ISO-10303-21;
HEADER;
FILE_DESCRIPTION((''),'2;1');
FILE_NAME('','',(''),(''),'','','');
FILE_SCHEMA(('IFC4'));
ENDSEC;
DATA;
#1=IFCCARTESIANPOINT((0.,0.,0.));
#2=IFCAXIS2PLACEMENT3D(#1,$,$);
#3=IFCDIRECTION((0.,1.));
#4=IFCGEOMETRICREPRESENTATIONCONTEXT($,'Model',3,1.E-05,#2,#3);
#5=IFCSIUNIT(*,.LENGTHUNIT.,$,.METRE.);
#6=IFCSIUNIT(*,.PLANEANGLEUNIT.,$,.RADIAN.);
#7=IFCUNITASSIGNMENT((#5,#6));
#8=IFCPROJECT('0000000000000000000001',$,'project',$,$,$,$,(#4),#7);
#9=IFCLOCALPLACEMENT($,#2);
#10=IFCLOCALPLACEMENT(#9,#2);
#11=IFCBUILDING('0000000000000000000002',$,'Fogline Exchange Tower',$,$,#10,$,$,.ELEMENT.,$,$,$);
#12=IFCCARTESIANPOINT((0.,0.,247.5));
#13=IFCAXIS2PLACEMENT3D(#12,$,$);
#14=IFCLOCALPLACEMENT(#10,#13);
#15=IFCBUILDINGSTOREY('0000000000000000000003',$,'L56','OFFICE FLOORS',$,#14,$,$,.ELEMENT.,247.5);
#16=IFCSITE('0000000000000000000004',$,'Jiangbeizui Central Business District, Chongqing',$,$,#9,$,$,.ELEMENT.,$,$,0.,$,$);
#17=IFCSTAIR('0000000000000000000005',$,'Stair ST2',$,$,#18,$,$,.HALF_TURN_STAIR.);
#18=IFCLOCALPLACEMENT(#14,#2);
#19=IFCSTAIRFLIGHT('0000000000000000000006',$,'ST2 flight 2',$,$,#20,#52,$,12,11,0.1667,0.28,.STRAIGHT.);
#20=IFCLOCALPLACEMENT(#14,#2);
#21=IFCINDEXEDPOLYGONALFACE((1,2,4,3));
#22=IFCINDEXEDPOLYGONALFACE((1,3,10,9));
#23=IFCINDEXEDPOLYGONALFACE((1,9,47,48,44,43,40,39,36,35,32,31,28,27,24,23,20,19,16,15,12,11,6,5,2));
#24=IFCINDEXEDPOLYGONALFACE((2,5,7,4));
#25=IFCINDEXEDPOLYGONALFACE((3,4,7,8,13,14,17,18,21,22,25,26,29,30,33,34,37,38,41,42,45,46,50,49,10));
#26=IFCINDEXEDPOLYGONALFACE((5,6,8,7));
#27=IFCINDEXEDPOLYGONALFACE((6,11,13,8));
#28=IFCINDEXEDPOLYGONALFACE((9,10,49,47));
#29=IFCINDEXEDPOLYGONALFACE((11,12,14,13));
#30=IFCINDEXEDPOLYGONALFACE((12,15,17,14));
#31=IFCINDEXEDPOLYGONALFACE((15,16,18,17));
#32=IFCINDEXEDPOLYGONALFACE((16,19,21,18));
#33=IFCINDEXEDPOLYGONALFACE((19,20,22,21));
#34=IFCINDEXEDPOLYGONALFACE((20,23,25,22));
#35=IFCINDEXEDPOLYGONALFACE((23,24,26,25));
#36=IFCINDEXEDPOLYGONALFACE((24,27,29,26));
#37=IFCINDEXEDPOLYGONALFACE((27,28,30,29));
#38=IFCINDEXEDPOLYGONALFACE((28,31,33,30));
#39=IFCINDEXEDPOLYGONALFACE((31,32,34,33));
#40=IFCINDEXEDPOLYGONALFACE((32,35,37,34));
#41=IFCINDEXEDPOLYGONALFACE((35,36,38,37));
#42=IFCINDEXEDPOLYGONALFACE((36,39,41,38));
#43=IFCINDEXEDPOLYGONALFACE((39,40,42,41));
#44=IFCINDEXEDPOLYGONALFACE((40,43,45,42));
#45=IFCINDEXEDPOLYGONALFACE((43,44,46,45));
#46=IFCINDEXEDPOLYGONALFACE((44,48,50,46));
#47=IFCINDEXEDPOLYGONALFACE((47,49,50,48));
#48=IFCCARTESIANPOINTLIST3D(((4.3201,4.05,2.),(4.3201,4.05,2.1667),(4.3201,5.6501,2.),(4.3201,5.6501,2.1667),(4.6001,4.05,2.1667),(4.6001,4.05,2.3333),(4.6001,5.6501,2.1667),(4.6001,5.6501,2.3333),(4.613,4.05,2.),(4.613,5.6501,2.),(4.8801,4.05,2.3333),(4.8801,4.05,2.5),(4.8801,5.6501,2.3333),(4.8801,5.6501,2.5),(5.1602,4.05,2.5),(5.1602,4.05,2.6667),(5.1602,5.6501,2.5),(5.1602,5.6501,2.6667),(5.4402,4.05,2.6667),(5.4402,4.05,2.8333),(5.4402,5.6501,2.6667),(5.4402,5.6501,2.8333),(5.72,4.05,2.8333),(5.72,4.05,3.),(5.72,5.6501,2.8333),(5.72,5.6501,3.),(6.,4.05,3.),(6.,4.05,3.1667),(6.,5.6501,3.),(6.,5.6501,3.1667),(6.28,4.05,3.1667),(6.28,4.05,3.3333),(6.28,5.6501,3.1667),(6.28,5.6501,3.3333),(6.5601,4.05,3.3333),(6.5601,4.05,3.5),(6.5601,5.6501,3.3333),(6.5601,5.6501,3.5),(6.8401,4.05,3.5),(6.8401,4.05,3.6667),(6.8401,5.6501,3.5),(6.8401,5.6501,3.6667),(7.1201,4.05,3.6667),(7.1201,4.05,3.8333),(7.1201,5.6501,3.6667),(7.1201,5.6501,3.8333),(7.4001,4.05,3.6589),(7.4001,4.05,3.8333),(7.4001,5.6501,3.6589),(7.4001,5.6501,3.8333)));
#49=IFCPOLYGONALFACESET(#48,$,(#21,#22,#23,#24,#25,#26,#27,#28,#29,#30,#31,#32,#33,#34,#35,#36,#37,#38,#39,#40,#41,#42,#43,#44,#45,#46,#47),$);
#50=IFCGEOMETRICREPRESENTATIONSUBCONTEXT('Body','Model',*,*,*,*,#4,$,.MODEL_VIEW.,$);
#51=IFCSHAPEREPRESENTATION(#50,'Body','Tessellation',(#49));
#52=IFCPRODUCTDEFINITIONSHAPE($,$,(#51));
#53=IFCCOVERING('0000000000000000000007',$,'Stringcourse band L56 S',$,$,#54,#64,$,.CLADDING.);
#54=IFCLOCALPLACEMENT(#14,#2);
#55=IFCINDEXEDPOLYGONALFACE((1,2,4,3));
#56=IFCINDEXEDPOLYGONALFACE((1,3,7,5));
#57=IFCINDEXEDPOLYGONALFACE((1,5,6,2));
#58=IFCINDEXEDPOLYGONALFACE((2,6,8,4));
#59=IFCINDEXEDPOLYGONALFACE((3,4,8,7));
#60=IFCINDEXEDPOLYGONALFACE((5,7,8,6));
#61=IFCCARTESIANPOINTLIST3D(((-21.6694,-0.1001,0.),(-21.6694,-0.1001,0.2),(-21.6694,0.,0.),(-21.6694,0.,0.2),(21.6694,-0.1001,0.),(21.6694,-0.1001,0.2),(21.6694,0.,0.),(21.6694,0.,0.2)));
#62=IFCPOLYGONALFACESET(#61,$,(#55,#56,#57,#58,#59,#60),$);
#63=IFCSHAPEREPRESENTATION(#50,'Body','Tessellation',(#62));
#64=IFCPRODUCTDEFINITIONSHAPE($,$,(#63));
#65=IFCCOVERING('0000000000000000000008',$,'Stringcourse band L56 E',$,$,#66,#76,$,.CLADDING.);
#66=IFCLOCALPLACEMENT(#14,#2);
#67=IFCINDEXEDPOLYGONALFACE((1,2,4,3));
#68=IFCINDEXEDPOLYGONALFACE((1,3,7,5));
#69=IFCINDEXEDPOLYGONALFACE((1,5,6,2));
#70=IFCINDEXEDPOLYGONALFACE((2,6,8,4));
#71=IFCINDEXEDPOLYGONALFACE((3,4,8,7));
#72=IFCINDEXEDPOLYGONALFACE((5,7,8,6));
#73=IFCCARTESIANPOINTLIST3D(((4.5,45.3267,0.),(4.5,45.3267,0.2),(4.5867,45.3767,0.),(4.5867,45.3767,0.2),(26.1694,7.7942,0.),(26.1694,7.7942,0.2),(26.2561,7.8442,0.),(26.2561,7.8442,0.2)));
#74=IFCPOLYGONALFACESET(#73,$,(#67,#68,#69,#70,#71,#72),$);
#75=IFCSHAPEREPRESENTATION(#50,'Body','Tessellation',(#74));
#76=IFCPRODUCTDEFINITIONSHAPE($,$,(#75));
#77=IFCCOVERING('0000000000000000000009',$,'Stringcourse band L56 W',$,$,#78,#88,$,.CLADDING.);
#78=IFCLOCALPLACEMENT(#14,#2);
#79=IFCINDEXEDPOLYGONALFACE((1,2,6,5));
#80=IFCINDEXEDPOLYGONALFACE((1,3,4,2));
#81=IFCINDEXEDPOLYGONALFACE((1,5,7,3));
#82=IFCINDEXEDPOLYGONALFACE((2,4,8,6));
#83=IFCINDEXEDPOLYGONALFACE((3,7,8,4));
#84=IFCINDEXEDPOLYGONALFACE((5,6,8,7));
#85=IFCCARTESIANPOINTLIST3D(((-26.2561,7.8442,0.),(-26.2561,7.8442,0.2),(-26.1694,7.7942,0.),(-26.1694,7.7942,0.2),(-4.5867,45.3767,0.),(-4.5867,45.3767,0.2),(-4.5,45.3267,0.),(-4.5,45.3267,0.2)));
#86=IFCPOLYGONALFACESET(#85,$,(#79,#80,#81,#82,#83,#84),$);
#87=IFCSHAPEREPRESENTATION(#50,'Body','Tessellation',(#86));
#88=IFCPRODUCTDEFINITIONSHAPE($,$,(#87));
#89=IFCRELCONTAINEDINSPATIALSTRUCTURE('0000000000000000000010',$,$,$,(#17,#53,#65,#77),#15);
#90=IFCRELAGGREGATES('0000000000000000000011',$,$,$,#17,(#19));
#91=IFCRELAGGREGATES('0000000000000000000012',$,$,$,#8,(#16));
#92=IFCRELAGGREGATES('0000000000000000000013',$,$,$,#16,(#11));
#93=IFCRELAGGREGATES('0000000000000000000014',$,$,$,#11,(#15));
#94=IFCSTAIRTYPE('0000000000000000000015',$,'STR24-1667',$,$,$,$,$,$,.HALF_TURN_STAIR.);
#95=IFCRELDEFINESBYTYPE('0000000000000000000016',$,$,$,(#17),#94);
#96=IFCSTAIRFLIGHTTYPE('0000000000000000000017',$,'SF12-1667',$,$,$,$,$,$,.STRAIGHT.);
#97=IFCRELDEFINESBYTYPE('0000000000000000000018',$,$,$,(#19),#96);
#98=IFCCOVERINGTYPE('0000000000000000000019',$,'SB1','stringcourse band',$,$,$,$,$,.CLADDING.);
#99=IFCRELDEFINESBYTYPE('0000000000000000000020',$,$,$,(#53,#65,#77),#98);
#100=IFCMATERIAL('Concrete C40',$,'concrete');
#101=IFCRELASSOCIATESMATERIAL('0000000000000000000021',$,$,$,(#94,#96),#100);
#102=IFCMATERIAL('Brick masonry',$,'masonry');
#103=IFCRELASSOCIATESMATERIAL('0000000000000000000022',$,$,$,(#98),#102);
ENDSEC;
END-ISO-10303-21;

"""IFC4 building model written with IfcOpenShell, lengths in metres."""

from ifc_helpers import new_model, si_unit, direction, frame, origin, place, context, subcontext, project, spatial, polyline, outline, extrude, material, type_object, element, aggregate, save


model = new_model("IFC4")

# Units and contexts
model_context = context("Model", 3, precision=1e-05, world=origin(), true_north=direction((0.0, 1.0)))
body_context = subcontext(model_context, "Body", "Model", "MODEL_VIEW")
ifc_project = project(units=[si_unit("LENGTHUNIT", "METRE"), si_unit("PLANEANGLEUNIT", "RADIAN")], contexts=[model_context])

# Site, building, storey
site_placement = place(None, origin())
site = spatial("IfcSite", under=ifc_project, at=site_placement, Name="Jiangbeizui Central Business District, Chongqing", CompositionType="ELEMENT", RefElevation=0.0)
building_placement = place(site_placement, origin())
building = spatial("IfcBuilding", under=site, at=building_placement, Name="Fogline Exchange Tower", CompositionType="ELEMENT")
storey_placement = place(building_placement, frame((0.0, 0.0, 247.5)))
storey = spatial("IfcBuildingStorey", under=building, at=storey_placement, Name="L56", Description="OFFICE FLOORS", CompositionType="ELEMENT", Elevation=247.5)

# Shared definitions
ifc_material_1 = material(Name="Concrete C40", Category="concrete")

# Stair
stair_type = type_object("IfcStairType", Name="STR24-1667", PredefinedType="HALF_TURN_STAIR", material=ifc_material_1)
stair_1_placement = place(storey_placement, origin())
stair_1 = element("IfcStair", 1, at=stair_1_placement, inside=storey, type_object=stair_type, Name="Stair ST2", PredefinedType="HALF_TURN_STAIR")

# Shared definitions
ifc_material_2 = material(Name="Brick masonry", Category="masonry")

# Stair flight
stair_flight_type = type_object("IfcStairFlightType", Name="SF12-1667", PredefinedType="STRAIGHT", material=ifc_material_1)
stair_flight_placement = place(storey_placement, frame((4.3201, 4.8501, 2.0), z_axis=(0.0, 0.0, 1.0), x_axis=(1.0, 0.0, 0.0)))
stair_flight = element("IfcStairFlight", 2, at=stair_flight_placement, type_object=stair_flight_type, Name="ST2 flight 2", NumberOfRisers=12, NumberOfTreads=11, PredefinedType="STRAIGHT", RiserHeight=0.1667, TreadLength=0.28, context=body_context, shape_type="SweptSolid", body=[
    extrude(outline(polyline([(0.0, 0.0), (0.0, 0.1667), (0.28, 0.1667), (0.28, 0.3333), (0.5601, 0.3333), (0.5601, 0.5), (0.8401, 0.5), (0.8401, 0.6667), (1.1201, 0.6667), (1.1201, 0.8333), (1.3999, 0.8333), (1.3999, 1.0), (1.6799, 1.0), (1.6799, 1.1667), (1.96, 1.1667), (1.96, 1.3333), (2.24, 1.3333), (2.24, 1.5), (2.52, 1.5), (2.52, 1.6667), (2.8, 1.6667), (2.8, 1.8333), (3.0801, 1.8333), (3.0801, 2.0), (3.0801, 1.6589), (0.293, 0.0), (0.0, 0.0)])), frame((0.0, 0.8, 0.0), z_axis=(0.0, -1.0, 0.0), x_axis=(1.0, 0.0, 0.0)), (0.0, 0.0, 1.0), 1.6001),
])
aggregate(stair_1, [stair_flight])

# Coverings
covering_type = type_object("IfcCoveringType", Name="SB1", Description="stringcourse band", PredefinedType="CLADDING", material=ifc_material_2)
covering_1_placement = place(storey_placement, origin())
element("IfcCovering", 3, at=covering_1_placement, inside=storey, type_object=covering_type, Name="Stringcourse band L56 S", PredefinedType="CLADDING", context=body_context, shape_type="SweptSolid", body=[
    extrude(outline(polyline([(-21.6694, 0.0), (-21.6694, -0.1001), (21.6694, -0.1001), (21.6694, 0.0), (-21.6694, 0.0)])), origin(), (0.0, 0.0, 1.0), 0.2),
])
covering_2_placement = place(storey_placement, origin())
element("IfcCovering", 4, at=covering_2_placement, inside=storey, type_object=covering_type, Name="Stringcourse band L56 E", PredefinedType="CLADDING", context=body_context, shape_type="SweptSolid", body=[
    extrude(outline(polyline([(26.1694, 7.7942), (26.2561, 7.8442), (4.5867, 45.3767), (4.5, 45.3267), (26.1694, 7.7942)])), origin(), (0.0, 0.0, 1.0), 0.2),
])
covering_3_placement = place(storey_placement, origin())
element("IfcCovering", 5, at=covering_3_placement, inside=storey, type_object=covering_type, Name="Stringcourse band L56 W", PredefinedType="CLADDING", context=body_context, shape_type="SweptSolid", body=[
    extrude(outline(polyline([(-4.5, 45.3267), (-4.5867, 45.3767), (-26.2561, 7.8442), (-26.1694, 7.7942), (-4.5, 45.3267)])), origin(), (0.0, 0.0, 1.0), 0.2),
])

save(model, "model.ifc")
